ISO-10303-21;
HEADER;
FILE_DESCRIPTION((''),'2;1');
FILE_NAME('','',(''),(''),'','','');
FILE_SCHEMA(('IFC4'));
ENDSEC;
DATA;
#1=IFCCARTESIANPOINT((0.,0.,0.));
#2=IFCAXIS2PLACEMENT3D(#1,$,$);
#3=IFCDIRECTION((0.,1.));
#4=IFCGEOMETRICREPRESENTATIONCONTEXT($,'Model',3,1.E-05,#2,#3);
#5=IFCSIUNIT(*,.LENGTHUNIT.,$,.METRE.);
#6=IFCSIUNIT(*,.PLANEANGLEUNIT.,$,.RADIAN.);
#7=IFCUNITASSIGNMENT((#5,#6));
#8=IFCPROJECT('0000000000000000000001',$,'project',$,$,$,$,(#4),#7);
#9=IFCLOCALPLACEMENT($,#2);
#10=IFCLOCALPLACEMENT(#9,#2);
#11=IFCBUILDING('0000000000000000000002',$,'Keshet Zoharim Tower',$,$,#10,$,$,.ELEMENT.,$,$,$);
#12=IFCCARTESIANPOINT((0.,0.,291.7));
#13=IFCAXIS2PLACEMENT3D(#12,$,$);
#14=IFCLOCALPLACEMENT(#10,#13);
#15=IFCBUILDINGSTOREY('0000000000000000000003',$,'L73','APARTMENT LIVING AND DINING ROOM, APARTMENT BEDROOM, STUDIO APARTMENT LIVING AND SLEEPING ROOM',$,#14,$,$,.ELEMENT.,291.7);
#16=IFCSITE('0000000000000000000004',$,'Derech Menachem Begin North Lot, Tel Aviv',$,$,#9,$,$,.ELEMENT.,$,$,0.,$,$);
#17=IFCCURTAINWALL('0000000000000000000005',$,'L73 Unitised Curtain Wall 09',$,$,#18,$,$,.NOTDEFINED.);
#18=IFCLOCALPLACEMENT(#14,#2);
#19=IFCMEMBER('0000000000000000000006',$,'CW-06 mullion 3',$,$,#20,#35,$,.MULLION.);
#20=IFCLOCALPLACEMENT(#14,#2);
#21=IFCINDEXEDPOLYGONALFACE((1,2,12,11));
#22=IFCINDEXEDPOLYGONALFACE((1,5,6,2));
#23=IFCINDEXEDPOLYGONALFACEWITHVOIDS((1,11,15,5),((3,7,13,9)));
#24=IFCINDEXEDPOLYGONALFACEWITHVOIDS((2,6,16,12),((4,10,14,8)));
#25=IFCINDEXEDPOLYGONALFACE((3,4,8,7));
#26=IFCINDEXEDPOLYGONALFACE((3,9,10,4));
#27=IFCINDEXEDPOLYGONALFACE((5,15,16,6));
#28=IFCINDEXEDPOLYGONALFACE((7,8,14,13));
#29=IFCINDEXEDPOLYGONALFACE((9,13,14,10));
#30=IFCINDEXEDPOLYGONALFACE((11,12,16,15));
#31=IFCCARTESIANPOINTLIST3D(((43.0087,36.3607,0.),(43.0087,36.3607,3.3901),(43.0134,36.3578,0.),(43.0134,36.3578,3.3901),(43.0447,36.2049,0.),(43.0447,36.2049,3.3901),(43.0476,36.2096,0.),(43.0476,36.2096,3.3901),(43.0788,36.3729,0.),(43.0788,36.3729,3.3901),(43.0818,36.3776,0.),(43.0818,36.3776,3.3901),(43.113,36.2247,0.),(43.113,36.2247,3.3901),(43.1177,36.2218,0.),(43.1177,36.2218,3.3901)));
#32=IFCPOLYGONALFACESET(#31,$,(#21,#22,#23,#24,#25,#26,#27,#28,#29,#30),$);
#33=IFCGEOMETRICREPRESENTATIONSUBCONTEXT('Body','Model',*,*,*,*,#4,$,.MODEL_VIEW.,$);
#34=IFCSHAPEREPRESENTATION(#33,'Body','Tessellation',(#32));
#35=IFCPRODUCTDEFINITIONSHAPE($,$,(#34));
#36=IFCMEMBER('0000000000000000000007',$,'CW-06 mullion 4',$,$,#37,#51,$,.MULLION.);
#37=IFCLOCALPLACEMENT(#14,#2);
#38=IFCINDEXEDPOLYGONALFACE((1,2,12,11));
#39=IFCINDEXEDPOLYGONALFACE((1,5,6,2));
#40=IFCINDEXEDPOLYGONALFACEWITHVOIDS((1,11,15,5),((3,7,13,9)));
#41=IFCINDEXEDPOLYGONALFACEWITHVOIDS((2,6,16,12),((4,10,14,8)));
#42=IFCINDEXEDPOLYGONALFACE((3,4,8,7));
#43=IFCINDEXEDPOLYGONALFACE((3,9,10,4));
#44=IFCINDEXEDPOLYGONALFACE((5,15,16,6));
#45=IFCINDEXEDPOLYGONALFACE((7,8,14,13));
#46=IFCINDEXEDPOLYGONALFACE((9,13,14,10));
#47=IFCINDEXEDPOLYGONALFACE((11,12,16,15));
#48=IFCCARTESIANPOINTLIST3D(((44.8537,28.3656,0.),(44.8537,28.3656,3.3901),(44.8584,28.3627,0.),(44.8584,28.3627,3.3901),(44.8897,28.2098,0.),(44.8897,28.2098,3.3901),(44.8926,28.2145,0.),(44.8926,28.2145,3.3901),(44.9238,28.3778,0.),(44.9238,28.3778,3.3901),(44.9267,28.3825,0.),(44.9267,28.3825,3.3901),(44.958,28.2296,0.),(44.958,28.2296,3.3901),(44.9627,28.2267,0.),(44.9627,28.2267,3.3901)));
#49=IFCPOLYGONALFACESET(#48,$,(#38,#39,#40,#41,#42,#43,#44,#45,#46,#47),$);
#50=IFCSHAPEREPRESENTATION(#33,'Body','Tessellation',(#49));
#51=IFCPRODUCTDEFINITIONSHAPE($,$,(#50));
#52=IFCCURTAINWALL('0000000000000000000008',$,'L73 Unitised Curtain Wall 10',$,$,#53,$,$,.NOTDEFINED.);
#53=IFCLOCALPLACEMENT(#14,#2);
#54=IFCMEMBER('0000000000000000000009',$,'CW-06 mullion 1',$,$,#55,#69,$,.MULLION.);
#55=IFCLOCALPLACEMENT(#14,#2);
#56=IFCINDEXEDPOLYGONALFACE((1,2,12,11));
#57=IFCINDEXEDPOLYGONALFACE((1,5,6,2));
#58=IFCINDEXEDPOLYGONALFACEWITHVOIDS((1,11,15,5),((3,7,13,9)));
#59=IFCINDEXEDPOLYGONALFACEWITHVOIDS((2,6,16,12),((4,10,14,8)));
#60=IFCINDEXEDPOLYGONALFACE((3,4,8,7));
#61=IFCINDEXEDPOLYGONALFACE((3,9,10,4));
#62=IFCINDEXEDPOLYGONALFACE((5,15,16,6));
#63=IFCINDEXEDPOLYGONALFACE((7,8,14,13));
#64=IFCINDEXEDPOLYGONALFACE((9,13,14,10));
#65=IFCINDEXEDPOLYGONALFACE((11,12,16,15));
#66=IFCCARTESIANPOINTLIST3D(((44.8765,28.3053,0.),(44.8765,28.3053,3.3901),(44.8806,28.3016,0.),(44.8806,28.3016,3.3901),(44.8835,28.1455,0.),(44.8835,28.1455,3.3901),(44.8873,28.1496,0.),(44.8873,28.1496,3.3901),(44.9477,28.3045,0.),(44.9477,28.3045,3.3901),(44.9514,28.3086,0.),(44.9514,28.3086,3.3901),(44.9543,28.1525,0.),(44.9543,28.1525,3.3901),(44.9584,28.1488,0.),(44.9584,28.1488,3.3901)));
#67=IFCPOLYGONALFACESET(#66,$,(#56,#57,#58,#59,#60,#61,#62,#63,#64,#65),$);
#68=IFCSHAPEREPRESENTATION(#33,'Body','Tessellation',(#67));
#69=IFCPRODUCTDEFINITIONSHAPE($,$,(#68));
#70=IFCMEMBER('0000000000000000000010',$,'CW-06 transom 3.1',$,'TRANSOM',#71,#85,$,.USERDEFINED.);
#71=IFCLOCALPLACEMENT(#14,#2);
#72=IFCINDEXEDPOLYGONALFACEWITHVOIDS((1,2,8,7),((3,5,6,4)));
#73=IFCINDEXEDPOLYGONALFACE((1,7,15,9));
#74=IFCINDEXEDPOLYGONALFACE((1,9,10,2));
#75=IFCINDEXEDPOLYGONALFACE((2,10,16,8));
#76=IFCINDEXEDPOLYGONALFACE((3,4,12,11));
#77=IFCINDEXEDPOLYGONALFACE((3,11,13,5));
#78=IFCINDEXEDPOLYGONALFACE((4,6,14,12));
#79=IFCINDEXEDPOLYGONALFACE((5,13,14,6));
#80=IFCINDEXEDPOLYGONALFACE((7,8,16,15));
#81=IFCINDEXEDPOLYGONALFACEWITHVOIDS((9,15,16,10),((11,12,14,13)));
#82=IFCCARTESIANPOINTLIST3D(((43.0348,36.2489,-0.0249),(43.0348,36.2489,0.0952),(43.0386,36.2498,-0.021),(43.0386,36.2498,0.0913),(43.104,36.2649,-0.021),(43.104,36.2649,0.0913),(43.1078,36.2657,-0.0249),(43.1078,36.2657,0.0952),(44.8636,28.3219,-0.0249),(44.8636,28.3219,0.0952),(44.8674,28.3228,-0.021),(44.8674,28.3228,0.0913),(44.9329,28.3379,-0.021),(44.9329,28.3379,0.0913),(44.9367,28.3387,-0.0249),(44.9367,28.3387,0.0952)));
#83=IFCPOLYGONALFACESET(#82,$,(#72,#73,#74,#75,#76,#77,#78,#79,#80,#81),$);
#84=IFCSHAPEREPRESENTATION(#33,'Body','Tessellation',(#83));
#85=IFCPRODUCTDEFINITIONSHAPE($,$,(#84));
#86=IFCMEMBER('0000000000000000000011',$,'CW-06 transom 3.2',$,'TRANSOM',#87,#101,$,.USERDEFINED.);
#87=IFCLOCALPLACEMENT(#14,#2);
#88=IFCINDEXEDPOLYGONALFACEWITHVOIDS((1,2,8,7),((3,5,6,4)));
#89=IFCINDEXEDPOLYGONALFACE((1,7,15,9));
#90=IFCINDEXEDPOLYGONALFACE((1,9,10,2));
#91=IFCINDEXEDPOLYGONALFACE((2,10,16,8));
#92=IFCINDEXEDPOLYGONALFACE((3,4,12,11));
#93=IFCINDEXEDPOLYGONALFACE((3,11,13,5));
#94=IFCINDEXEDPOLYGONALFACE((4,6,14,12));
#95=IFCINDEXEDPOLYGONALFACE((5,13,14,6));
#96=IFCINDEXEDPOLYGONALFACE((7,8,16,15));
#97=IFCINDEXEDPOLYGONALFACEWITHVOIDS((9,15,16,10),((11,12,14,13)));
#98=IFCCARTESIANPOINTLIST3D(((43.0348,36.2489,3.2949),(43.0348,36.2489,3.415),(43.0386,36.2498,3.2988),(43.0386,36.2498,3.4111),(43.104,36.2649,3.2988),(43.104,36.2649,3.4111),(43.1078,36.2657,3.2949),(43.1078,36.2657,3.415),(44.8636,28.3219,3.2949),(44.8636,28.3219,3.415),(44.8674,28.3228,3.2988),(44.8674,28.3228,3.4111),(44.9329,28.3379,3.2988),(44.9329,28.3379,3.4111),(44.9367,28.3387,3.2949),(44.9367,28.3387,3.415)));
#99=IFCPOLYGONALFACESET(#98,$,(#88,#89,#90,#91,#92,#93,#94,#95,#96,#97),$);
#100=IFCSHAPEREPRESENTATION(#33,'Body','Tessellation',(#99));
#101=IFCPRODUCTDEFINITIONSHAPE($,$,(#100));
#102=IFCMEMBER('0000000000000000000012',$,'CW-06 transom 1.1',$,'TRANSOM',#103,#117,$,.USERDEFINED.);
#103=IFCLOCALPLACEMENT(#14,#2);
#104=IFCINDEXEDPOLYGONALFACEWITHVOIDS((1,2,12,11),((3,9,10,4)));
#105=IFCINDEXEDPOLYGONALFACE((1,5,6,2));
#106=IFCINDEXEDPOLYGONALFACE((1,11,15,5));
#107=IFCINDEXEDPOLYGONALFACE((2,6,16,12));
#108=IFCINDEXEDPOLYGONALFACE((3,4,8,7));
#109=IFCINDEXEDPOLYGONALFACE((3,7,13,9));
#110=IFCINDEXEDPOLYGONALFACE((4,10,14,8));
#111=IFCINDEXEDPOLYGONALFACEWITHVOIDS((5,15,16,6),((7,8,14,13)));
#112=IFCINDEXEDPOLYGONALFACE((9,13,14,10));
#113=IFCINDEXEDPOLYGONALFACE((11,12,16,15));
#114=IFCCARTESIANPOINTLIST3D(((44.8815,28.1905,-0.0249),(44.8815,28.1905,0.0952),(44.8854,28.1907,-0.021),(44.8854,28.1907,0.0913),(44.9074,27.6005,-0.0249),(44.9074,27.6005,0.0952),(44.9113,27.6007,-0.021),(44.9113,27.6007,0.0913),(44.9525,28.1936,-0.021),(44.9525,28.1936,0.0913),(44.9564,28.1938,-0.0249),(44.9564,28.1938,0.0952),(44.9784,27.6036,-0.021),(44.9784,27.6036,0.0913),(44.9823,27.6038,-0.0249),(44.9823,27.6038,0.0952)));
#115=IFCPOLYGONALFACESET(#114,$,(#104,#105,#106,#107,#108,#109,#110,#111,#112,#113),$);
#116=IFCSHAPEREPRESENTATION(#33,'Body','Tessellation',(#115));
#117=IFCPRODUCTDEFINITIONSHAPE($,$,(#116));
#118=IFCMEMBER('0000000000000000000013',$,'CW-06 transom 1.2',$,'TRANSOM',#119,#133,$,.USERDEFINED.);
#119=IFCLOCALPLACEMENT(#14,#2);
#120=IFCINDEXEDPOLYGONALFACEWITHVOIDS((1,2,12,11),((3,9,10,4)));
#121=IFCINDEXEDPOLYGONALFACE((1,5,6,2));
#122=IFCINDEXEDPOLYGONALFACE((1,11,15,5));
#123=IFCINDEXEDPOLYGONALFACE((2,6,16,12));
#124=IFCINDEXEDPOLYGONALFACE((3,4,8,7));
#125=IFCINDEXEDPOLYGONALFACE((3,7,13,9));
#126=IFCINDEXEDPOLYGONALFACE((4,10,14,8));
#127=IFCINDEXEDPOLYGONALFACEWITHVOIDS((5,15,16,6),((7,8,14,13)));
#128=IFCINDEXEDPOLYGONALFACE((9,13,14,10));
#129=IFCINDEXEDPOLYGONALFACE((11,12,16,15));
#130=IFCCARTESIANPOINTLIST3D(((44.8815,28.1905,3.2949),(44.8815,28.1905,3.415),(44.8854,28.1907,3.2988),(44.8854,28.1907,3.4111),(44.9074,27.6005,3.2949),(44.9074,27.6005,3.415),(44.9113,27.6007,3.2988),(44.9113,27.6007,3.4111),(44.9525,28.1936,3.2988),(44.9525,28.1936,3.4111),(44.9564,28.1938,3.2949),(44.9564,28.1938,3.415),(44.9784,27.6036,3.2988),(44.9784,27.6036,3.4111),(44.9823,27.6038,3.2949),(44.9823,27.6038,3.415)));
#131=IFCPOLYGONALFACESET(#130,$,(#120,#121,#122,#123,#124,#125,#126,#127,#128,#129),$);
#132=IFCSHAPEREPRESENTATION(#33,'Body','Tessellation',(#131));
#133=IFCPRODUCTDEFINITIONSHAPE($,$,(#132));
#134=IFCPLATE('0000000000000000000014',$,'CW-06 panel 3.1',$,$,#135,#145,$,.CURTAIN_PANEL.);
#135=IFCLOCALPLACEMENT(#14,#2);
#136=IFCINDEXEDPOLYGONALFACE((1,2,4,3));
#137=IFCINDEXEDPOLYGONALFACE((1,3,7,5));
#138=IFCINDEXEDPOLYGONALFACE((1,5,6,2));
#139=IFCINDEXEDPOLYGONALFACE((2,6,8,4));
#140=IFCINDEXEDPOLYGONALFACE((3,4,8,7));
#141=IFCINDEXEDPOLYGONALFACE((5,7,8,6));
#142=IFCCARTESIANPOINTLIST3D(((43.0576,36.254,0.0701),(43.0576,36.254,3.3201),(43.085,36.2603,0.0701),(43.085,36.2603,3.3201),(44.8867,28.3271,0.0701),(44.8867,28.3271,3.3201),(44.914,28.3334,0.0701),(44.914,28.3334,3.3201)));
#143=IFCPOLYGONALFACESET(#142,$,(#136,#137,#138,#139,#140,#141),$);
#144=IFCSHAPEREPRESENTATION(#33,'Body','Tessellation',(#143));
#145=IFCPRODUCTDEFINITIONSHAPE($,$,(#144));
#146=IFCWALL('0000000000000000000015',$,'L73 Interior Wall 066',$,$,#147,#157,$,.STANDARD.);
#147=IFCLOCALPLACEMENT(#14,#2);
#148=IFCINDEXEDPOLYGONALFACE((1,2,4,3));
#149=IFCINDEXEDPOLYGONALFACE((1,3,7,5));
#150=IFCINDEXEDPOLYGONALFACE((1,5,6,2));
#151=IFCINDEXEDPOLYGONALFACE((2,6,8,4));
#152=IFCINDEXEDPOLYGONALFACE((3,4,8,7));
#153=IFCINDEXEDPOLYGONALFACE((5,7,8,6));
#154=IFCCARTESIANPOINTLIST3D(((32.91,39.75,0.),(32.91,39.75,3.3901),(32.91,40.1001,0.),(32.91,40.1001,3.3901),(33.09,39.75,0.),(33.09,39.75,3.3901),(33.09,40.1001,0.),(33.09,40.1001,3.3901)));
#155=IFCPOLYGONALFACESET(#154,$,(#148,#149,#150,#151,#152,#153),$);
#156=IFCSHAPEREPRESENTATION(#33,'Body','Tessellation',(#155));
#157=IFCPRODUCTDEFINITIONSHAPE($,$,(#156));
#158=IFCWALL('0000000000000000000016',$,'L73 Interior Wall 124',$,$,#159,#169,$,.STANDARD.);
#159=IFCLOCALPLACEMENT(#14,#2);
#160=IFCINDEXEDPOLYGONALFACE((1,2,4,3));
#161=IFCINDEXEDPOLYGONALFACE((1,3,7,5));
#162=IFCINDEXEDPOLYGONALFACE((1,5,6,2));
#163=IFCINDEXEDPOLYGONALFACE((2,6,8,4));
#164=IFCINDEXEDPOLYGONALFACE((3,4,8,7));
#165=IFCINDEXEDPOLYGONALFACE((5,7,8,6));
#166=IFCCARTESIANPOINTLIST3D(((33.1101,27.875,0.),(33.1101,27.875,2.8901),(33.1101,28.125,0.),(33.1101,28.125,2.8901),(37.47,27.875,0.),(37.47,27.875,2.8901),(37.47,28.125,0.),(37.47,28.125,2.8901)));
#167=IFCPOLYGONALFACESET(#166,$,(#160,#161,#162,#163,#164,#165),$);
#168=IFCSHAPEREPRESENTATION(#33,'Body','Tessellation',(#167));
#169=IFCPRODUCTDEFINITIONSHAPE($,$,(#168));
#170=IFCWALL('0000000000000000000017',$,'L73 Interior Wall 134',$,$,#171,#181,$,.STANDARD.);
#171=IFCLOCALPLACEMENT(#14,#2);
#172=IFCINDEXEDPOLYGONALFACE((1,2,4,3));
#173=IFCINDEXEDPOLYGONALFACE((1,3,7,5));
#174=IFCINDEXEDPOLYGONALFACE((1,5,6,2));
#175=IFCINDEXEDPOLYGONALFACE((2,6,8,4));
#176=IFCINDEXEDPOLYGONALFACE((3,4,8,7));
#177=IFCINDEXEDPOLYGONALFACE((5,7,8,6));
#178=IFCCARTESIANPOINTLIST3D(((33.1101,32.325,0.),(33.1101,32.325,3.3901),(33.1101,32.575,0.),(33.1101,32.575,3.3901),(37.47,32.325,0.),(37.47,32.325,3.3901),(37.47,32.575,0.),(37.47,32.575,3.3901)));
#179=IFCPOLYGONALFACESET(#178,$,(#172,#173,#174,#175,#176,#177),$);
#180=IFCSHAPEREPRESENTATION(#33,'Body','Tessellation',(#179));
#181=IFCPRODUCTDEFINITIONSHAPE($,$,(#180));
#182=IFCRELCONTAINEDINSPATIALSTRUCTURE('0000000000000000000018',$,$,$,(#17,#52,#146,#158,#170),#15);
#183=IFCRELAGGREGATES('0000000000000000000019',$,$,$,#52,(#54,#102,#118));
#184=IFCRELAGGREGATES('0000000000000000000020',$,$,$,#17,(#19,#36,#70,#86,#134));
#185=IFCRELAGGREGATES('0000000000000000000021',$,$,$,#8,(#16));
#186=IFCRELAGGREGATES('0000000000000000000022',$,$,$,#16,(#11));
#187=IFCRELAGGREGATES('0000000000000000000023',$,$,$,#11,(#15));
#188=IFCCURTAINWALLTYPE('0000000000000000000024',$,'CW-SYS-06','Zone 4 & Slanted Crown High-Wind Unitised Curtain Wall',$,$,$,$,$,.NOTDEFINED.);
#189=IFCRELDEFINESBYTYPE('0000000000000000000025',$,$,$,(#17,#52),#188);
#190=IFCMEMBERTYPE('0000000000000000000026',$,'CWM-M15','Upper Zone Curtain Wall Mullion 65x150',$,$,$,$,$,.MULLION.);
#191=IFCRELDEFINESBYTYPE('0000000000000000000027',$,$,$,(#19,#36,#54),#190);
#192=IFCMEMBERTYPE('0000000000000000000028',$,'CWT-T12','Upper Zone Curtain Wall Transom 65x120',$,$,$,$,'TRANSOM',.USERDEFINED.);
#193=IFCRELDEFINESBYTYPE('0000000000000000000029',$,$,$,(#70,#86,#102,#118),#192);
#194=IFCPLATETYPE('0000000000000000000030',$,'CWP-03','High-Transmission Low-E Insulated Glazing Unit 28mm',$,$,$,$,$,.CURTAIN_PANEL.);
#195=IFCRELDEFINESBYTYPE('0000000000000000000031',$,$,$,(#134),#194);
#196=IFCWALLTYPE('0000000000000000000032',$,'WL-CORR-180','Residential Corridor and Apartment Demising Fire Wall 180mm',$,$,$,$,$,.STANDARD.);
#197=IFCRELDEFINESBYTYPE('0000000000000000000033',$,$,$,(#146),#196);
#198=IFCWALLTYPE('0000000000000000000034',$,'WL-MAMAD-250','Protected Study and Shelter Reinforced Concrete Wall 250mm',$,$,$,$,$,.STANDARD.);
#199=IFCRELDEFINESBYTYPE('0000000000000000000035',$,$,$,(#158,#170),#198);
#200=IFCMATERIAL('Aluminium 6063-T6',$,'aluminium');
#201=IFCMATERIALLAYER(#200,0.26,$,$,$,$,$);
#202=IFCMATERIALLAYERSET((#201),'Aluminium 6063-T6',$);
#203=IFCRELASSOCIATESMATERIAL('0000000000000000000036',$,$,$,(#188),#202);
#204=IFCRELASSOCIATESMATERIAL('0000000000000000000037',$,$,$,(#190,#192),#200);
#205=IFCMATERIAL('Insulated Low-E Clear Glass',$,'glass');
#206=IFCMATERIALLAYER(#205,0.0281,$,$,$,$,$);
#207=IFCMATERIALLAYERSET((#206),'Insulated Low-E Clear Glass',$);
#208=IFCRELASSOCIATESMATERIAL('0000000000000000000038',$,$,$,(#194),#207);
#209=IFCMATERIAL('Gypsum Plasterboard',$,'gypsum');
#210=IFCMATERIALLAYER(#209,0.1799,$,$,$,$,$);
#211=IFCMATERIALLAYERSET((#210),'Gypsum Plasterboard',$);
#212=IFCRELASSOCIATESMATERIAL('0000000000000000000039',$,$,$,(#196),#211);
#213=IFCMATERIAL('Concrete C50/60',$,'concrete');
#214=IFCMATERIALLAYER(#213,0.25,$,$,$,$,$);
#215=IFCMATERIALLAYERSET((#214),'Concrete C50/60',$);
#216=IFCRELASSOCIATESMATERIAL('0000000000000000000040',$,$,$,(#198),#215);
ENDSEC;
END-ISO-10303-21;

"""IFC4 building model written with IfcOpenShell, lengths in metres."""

from ifc_helpers import new_model, si_unit, direction, frame, frame_2d, origin, origin_2d, place, context, subcontext, project, spatial, rectangle, hollow_rectangle, extrude, material, layer, layer_set, material_profile, profile_set, type_object, element, aggregate, save


model = new_model("IFC4")

# Units and contexts
model_context = context("Model", 3, precision=1e-05, world=origin(), true_north=direction((0.0, 1.0)))
body_context = subcontext(model_context, "Body", "Model", "MODEL_VIEW")
ifc_project = project(units=[si_unit("LENGTHUNIT", "METRE"), si_unit("PLANEANGLEUNIT", "RADIAN")], contexts=[model_context])

# Site, building, storey
site_placement = place(None, origin())
site = spatial("IfcSite", under=ifc_project, at=site_placement, Name="Derech Menachem Begin North Lot, Tel Aviv", CompositionType="ELEMENT", RefElevation=0.0)
building_placement = place(site_placement, origin())
building = spatial("IfcBuilding", under=site, at=building_placement, Name="Keshet Zoharim Tower", CompositionType="ELEMENT")
storey_placement = place(building_placement, frame((0.0, 0.0, 291.7)))
storey = spatial("IfcBuildingStorey", under=building, at=storey_placement, Name="L73", Description="APARTMENT LIVING AND DINING ROOM, APARTMENT BEDROOM, STUDIO APARTMENT LIVING AND SLEEPING ROOM", CompositionType="ELEMENT", Elevation=291.7)

# Curtain wall, members
ifc_material_1 = material(Name="Aluminium 6063-T6", Category="aluminium")
ifc_layer_1 = layer(ifc_material_1, 0.26)
ifc_layer_set_1 = layer_set([ifc_layer_1], Name="Aluminium 6063-T6")
curtain_wall_type = type_object("IfcCurtainWallType", Name="CW-SYS-06", Description="Zone 4 & Slanted Crown High-Wind Unitised Curtain Wall", PredefinedType="NOTDEFINED", material=ifc_layer_set_1)
curtain_wall_1_placement = place(storey_placement, origin())
curtain_wall_1 = element("IfcCurtainWall", 1, at=curtain_wall_1_placement, inside=storey, type_object=curtain_wall_type, Name="L73 Unitised Curtain Wall 09", PredefinedType="NOTDEFINED")
ifc_material_profile_1 = material_profile(ifc_material_1, hollow_rectangle(XDim=0.075, YDim=0.1599, WallThickness=0.0039, at=origin_2d()), Name="MUL-75x160")
ifc_profile_set_1 = profile_set([ifc_material_profile_1], Name="Aluminium 6063-T6")
member_type_1 = type_object("IfcMemberType", Name="CWM-M15", Description="Upper Zone Curtain Wall Mullion 65x150", PredefinedType="MULLION", material=ifc_profile_set_1)
member_1_placement = place(storey_placement, frame((43.0632, 36.2913, 0.0), z_axis=(0.0, 0.0, 1.0), x_axis=(0.974398, 0.22483, 0.0)))
member_1 = element("IfcMember", 2, at=member_1_placement, type_object=member_type_1, Name="CW-06 mullion 3", PredefinedType="MULLION", context=body_context, shape_type="SweptSolid", body=[
    extrude(hollow_rectangle(XDim=0.075, YDim=0.1599, WallThickness=0.0039, at=origin_2d()), origin(), (0.0, 0.0, 1.0), 3.3901),
])
member_2_placement = place(storey_placement, frame((44.9082, 28.2961, 0.0), z_axis=(0.0, 0.0, 1.0), x_axis=(0.974398, 0.22483, 0.0)))
member_2 = element("IfcMember", 3, at=member_2_placement, type_object=member_type_1, Name="CW-06 mullion 4", PredefinedType="MULLION", context=body_context, shape_type="SweptSolid", body=[
    extrude(hollow_rectangle(XDim=0.075, YDim=0.1599, WallThickness=0.0039, at=origin_2d()), origin(), (0.0, 0.0, 1.0), 3.3901),
])

# Curtain wall, member
curtain_wall_2_placement = place(storey_placement, origin())
curtain_wall_2 = element("IfcCurtainWall", 4, at=curtain_wall_2_placement, inside=storey, type_object=curtain_wall_type, Name="L73 Unitised Curtain Wall 10", PredefinedType="NOTDEFINED")
member_3_placement = place(storey_placement, frame((44.9175, 28.2271, 0.0), z_axis=(0.0, 0.0, 1.0), x_axis=(0.999041, 0.043794, 0.0)))
member_3 = element("IfcMember", 5, at=member_3_placement, type_object=member_type_1, Name="CW-06 mullion 1", PredefinedType="MULLION", context=body_context, shape_type="SweptSolid", body=[
    extrude(hollow_rectangle(XDim=0.075, YDim=0.1599, WallThickness=0.0039, at=origin_2d()), origin(), (0.0, 0.0, 1.0), 3.3901),
])

# Members
ifc_material_profile_2 = material_profile(ifc_material_1, hollow_rectangle(XDim=0.075, YDim=0.1201, WallThickness=0.0039, at=origin_2d()), Name="TRN-75x120")
ifc_profile_set_2 = profile_set([ifc_material_profile_2], Name="Aluminium 6063-T6")
member_type_2 = type_object("IfcMemberType", Name="CWT-T12", Description="Upper Zone Curtain Wall Transom 65x120", ElementType="TRANSOM", PredefinedType="USERDEFINED", material=ifc_profile_set_2)
member_4_placement = place(storey_placement, frame((43.0713, 36.2573, 0.0352), z_axis=(0.224807, -0.974403, 0.0), x_axis=(0.974403, 0.224807, 0.0)))
member_4 = element("IfcMember", 6, at=member_4_placement, type_object=member_type_2, Name="CW-06 transom 3.1", ObjectType="TRANSOM", PredefinedType="USERDEFINED", context=body_context, shape_type="SweptSolid", body=[
    extrude(hollow_rectangle(XDim=0.075, YDim=0.1201, WallThickness=0.0039, at=origin_2d()), origin(), (0.0, 0.0, 1.0), 8.1353),
])
member_5_placement = place(storey_placement, frame((43.0713, 36.2573, 3.355), z_axis=(0.224807, -0.974403, 0.0), x_axis=(0.974403, 0.224807, 0.0)))
member_5 = element("IfcMember", 7, at=member_5_placement, type_object=member_type_2, Name="CW-06 transom 3.2", ObjectType="TRANSOM", PredefinedType="USERDEFINED", context=body_context, shape_type="SweptSolid", body=[
    extrude(hollow_rectangle(XDim=0.075, YDim=0.1201, WallThickness=0.0039, at=origin_2d()), origin(), (0.0, 0.0, 1.0), 8.1353),
])
member_6_placement = place(storey_placement, frame((44.9189, 28.1921, 0.0352), z_axis=(0.043814, -0.99904, 0.0), x_axis=(0.99904, 0.043814, 0.0)))
member_6 = element("IfcMember", 8, at=member_6_placement, type_object=member_type_2, Name="CW-06 transom 1.1", ObjectType="TRANSOM", PredefinedType="USERDEFINED", context=body_context, shape_type="SweptSolid", body=[
    extrude(hollow_rectangle(XDim=0.075, YDim=0.1201, WallThickness=0.0039, at=origin_2d()), origin(), (0.0, 0.0, 1.0), 0.5906),
])
member_7_placement = place(storey_placement, frame((44.9189, 28.1921, 3.355), z_axis=(0.043814, -0.99904, 0.0), x_axis=(0.99904, 0.043814, 0.0)))
member_7 = element("IfcMember", 9, at=member_7_placement, type_object=member_type_2, Name="CW-06 transom 1.2", ObjectType="TRANSOM", PredefinedType="USERDEFINED", context=body_context, shape_type="SweptSolid", body=[
    extrude(hollow_rectangle(XDim=0.075, YDim=0.1201, WallThickness=0.0039, at=origin_2d()), origin(), (0.0, 0.0, 1.0), 0.5906),
])
aggregate(curtain_wall_2, [member_3, member_6, member_7])

# Plate
ifc_material_2 = material(Name="Insulated Low-E Clear Glass", Category="glass")
ifc_layer_2 = layer(ifc_material_2, 0.0281)
ifc_layer_set_2 = layer_set([ifc_layer_2], Name="Insulated Low-E Clear Glass")
plate_type = type_object("IfcPlateType", Name="CWP-03", Description="High-Transmission Low-E Insulated Glazing Unit 28mm", PredefinedType="CURTAIN_PANEL", material=ifc_layer_set_2)
plate_placement = place(storey_placement, frame((43.9858, 32.2937, 0.0701), z_axis=(0.0, 0.0, 1.0), x_axis=(0.22483, -0.974398, 0.0)))
plate = element("IfcPlate", 10, at=plate_placement, type_object=plate_type, Name="CW-06 panel 3.1", PredefinedType="CURTAIN_PANEL", context=body_context, shape_type="SweptSolid", body=[
    extrude(rectangle(XDim=8.1353, YDim=0.0281, at=origin_2d()), origin(), (0.0, 0.0, 1.0), 3.25),
])
aggregate(curtain_wall_1, [member_1, member_2, member_4, member_5, plate])

# Wall
ifc_material_3 = material(Name="Gypsum Plasterboard", Category="gypsum")
ifc_layer_3 = layer(ifc_material_3, 0.1799)
ifc_layer_set_3 = layer_set([ifc_layer_3], Name="Gypsum Plasterboard")
wall_type_1 = type_object("IfcWallType", Name="WL-CORR-180", Description="Residential Corridor and Apartment Demising Fire Wall 180mm", PredefinedType="STANDARD", material=ifc_layer_set_3)
wall_1_placement = place(storey_placement, frame((33.0, 39.75, 0.0), z_axis=(0.0, 0.0, 1.0), x_axis=(0.0, 1.0, 0.0)))
element("IfcWall", 11, at=wall_1_placement, inside=storey, type_object=wall_type_1, Name="L73 Interior Wall 066", PredefinedType="STANDARD", context=body_context, shape_type="SweptSolid", body=[
    extrude(rectangle(XDim=0.3501, YDim=0.1799, at=frame_2d((0.175, 0.0))), origin(), (0.0, 0.0, 1.0), 3.3901),
])

# Shared definitions
ifc_material_4 = material(Name="Concrete C50/60", Category="concrete")
ifc_layer_4 = layer(ifc_material_4, 0.25)
ifc_layer_set_4 = layer_set([ifc_layer_4], Name="Concrete C50/60")
wall_type_2 = type_object("IfcWallType", Name="WL-MAMAD-250", Description="Protected Study and Shelter Reinforced Concrete Wall 250mm", PredefinedType="STANDARD", material=ifc_layer_set_4)

# Walls
wall_2_placement = place(storey_placement, frame((33.1101, 28.0, 0.0), z_axis=(0.0, 0.0, 1.0), x_axis=(1.0, 0.0, 0.0)))
element("IfcWall", 12, at=wall_2_placement, inside=storey, type_object=wall_type_2, Name="L73 Interior Wall 124", PredefinedType="STANDARD", context=body_context, shape_type="SweptSolid", body=[
    extrude(rectangle(XDim=4.3599, YDim=0.25, at=frame_2d((2.1799, 0.0))), origin(), (0.0, 0.0, 1.0), 2.8901),
])
wall_3_placement = place(storey_placement, frame((33.1101, 32.45, 0.0), z_axis=(0.0, 0.0, 1.0), x_axis=(1.0, 0.0, 0.0)))
element("IfcWall", 13, at=wall_3_placement, inside=storey, type_object=wall_type_2, Name="L73 Interior Wall 134", PredefinedType="STANDARD", context=body_context, shape_type="SweptSolid", body=[
    extrude(rectangle(XDim=4.3599, YDim=0.25, at=frame_2d((2.1799, 0.0))), origin(), (0.0, 0.0, 1.0), 3.3901),
])

save(model, "model.ifc")
